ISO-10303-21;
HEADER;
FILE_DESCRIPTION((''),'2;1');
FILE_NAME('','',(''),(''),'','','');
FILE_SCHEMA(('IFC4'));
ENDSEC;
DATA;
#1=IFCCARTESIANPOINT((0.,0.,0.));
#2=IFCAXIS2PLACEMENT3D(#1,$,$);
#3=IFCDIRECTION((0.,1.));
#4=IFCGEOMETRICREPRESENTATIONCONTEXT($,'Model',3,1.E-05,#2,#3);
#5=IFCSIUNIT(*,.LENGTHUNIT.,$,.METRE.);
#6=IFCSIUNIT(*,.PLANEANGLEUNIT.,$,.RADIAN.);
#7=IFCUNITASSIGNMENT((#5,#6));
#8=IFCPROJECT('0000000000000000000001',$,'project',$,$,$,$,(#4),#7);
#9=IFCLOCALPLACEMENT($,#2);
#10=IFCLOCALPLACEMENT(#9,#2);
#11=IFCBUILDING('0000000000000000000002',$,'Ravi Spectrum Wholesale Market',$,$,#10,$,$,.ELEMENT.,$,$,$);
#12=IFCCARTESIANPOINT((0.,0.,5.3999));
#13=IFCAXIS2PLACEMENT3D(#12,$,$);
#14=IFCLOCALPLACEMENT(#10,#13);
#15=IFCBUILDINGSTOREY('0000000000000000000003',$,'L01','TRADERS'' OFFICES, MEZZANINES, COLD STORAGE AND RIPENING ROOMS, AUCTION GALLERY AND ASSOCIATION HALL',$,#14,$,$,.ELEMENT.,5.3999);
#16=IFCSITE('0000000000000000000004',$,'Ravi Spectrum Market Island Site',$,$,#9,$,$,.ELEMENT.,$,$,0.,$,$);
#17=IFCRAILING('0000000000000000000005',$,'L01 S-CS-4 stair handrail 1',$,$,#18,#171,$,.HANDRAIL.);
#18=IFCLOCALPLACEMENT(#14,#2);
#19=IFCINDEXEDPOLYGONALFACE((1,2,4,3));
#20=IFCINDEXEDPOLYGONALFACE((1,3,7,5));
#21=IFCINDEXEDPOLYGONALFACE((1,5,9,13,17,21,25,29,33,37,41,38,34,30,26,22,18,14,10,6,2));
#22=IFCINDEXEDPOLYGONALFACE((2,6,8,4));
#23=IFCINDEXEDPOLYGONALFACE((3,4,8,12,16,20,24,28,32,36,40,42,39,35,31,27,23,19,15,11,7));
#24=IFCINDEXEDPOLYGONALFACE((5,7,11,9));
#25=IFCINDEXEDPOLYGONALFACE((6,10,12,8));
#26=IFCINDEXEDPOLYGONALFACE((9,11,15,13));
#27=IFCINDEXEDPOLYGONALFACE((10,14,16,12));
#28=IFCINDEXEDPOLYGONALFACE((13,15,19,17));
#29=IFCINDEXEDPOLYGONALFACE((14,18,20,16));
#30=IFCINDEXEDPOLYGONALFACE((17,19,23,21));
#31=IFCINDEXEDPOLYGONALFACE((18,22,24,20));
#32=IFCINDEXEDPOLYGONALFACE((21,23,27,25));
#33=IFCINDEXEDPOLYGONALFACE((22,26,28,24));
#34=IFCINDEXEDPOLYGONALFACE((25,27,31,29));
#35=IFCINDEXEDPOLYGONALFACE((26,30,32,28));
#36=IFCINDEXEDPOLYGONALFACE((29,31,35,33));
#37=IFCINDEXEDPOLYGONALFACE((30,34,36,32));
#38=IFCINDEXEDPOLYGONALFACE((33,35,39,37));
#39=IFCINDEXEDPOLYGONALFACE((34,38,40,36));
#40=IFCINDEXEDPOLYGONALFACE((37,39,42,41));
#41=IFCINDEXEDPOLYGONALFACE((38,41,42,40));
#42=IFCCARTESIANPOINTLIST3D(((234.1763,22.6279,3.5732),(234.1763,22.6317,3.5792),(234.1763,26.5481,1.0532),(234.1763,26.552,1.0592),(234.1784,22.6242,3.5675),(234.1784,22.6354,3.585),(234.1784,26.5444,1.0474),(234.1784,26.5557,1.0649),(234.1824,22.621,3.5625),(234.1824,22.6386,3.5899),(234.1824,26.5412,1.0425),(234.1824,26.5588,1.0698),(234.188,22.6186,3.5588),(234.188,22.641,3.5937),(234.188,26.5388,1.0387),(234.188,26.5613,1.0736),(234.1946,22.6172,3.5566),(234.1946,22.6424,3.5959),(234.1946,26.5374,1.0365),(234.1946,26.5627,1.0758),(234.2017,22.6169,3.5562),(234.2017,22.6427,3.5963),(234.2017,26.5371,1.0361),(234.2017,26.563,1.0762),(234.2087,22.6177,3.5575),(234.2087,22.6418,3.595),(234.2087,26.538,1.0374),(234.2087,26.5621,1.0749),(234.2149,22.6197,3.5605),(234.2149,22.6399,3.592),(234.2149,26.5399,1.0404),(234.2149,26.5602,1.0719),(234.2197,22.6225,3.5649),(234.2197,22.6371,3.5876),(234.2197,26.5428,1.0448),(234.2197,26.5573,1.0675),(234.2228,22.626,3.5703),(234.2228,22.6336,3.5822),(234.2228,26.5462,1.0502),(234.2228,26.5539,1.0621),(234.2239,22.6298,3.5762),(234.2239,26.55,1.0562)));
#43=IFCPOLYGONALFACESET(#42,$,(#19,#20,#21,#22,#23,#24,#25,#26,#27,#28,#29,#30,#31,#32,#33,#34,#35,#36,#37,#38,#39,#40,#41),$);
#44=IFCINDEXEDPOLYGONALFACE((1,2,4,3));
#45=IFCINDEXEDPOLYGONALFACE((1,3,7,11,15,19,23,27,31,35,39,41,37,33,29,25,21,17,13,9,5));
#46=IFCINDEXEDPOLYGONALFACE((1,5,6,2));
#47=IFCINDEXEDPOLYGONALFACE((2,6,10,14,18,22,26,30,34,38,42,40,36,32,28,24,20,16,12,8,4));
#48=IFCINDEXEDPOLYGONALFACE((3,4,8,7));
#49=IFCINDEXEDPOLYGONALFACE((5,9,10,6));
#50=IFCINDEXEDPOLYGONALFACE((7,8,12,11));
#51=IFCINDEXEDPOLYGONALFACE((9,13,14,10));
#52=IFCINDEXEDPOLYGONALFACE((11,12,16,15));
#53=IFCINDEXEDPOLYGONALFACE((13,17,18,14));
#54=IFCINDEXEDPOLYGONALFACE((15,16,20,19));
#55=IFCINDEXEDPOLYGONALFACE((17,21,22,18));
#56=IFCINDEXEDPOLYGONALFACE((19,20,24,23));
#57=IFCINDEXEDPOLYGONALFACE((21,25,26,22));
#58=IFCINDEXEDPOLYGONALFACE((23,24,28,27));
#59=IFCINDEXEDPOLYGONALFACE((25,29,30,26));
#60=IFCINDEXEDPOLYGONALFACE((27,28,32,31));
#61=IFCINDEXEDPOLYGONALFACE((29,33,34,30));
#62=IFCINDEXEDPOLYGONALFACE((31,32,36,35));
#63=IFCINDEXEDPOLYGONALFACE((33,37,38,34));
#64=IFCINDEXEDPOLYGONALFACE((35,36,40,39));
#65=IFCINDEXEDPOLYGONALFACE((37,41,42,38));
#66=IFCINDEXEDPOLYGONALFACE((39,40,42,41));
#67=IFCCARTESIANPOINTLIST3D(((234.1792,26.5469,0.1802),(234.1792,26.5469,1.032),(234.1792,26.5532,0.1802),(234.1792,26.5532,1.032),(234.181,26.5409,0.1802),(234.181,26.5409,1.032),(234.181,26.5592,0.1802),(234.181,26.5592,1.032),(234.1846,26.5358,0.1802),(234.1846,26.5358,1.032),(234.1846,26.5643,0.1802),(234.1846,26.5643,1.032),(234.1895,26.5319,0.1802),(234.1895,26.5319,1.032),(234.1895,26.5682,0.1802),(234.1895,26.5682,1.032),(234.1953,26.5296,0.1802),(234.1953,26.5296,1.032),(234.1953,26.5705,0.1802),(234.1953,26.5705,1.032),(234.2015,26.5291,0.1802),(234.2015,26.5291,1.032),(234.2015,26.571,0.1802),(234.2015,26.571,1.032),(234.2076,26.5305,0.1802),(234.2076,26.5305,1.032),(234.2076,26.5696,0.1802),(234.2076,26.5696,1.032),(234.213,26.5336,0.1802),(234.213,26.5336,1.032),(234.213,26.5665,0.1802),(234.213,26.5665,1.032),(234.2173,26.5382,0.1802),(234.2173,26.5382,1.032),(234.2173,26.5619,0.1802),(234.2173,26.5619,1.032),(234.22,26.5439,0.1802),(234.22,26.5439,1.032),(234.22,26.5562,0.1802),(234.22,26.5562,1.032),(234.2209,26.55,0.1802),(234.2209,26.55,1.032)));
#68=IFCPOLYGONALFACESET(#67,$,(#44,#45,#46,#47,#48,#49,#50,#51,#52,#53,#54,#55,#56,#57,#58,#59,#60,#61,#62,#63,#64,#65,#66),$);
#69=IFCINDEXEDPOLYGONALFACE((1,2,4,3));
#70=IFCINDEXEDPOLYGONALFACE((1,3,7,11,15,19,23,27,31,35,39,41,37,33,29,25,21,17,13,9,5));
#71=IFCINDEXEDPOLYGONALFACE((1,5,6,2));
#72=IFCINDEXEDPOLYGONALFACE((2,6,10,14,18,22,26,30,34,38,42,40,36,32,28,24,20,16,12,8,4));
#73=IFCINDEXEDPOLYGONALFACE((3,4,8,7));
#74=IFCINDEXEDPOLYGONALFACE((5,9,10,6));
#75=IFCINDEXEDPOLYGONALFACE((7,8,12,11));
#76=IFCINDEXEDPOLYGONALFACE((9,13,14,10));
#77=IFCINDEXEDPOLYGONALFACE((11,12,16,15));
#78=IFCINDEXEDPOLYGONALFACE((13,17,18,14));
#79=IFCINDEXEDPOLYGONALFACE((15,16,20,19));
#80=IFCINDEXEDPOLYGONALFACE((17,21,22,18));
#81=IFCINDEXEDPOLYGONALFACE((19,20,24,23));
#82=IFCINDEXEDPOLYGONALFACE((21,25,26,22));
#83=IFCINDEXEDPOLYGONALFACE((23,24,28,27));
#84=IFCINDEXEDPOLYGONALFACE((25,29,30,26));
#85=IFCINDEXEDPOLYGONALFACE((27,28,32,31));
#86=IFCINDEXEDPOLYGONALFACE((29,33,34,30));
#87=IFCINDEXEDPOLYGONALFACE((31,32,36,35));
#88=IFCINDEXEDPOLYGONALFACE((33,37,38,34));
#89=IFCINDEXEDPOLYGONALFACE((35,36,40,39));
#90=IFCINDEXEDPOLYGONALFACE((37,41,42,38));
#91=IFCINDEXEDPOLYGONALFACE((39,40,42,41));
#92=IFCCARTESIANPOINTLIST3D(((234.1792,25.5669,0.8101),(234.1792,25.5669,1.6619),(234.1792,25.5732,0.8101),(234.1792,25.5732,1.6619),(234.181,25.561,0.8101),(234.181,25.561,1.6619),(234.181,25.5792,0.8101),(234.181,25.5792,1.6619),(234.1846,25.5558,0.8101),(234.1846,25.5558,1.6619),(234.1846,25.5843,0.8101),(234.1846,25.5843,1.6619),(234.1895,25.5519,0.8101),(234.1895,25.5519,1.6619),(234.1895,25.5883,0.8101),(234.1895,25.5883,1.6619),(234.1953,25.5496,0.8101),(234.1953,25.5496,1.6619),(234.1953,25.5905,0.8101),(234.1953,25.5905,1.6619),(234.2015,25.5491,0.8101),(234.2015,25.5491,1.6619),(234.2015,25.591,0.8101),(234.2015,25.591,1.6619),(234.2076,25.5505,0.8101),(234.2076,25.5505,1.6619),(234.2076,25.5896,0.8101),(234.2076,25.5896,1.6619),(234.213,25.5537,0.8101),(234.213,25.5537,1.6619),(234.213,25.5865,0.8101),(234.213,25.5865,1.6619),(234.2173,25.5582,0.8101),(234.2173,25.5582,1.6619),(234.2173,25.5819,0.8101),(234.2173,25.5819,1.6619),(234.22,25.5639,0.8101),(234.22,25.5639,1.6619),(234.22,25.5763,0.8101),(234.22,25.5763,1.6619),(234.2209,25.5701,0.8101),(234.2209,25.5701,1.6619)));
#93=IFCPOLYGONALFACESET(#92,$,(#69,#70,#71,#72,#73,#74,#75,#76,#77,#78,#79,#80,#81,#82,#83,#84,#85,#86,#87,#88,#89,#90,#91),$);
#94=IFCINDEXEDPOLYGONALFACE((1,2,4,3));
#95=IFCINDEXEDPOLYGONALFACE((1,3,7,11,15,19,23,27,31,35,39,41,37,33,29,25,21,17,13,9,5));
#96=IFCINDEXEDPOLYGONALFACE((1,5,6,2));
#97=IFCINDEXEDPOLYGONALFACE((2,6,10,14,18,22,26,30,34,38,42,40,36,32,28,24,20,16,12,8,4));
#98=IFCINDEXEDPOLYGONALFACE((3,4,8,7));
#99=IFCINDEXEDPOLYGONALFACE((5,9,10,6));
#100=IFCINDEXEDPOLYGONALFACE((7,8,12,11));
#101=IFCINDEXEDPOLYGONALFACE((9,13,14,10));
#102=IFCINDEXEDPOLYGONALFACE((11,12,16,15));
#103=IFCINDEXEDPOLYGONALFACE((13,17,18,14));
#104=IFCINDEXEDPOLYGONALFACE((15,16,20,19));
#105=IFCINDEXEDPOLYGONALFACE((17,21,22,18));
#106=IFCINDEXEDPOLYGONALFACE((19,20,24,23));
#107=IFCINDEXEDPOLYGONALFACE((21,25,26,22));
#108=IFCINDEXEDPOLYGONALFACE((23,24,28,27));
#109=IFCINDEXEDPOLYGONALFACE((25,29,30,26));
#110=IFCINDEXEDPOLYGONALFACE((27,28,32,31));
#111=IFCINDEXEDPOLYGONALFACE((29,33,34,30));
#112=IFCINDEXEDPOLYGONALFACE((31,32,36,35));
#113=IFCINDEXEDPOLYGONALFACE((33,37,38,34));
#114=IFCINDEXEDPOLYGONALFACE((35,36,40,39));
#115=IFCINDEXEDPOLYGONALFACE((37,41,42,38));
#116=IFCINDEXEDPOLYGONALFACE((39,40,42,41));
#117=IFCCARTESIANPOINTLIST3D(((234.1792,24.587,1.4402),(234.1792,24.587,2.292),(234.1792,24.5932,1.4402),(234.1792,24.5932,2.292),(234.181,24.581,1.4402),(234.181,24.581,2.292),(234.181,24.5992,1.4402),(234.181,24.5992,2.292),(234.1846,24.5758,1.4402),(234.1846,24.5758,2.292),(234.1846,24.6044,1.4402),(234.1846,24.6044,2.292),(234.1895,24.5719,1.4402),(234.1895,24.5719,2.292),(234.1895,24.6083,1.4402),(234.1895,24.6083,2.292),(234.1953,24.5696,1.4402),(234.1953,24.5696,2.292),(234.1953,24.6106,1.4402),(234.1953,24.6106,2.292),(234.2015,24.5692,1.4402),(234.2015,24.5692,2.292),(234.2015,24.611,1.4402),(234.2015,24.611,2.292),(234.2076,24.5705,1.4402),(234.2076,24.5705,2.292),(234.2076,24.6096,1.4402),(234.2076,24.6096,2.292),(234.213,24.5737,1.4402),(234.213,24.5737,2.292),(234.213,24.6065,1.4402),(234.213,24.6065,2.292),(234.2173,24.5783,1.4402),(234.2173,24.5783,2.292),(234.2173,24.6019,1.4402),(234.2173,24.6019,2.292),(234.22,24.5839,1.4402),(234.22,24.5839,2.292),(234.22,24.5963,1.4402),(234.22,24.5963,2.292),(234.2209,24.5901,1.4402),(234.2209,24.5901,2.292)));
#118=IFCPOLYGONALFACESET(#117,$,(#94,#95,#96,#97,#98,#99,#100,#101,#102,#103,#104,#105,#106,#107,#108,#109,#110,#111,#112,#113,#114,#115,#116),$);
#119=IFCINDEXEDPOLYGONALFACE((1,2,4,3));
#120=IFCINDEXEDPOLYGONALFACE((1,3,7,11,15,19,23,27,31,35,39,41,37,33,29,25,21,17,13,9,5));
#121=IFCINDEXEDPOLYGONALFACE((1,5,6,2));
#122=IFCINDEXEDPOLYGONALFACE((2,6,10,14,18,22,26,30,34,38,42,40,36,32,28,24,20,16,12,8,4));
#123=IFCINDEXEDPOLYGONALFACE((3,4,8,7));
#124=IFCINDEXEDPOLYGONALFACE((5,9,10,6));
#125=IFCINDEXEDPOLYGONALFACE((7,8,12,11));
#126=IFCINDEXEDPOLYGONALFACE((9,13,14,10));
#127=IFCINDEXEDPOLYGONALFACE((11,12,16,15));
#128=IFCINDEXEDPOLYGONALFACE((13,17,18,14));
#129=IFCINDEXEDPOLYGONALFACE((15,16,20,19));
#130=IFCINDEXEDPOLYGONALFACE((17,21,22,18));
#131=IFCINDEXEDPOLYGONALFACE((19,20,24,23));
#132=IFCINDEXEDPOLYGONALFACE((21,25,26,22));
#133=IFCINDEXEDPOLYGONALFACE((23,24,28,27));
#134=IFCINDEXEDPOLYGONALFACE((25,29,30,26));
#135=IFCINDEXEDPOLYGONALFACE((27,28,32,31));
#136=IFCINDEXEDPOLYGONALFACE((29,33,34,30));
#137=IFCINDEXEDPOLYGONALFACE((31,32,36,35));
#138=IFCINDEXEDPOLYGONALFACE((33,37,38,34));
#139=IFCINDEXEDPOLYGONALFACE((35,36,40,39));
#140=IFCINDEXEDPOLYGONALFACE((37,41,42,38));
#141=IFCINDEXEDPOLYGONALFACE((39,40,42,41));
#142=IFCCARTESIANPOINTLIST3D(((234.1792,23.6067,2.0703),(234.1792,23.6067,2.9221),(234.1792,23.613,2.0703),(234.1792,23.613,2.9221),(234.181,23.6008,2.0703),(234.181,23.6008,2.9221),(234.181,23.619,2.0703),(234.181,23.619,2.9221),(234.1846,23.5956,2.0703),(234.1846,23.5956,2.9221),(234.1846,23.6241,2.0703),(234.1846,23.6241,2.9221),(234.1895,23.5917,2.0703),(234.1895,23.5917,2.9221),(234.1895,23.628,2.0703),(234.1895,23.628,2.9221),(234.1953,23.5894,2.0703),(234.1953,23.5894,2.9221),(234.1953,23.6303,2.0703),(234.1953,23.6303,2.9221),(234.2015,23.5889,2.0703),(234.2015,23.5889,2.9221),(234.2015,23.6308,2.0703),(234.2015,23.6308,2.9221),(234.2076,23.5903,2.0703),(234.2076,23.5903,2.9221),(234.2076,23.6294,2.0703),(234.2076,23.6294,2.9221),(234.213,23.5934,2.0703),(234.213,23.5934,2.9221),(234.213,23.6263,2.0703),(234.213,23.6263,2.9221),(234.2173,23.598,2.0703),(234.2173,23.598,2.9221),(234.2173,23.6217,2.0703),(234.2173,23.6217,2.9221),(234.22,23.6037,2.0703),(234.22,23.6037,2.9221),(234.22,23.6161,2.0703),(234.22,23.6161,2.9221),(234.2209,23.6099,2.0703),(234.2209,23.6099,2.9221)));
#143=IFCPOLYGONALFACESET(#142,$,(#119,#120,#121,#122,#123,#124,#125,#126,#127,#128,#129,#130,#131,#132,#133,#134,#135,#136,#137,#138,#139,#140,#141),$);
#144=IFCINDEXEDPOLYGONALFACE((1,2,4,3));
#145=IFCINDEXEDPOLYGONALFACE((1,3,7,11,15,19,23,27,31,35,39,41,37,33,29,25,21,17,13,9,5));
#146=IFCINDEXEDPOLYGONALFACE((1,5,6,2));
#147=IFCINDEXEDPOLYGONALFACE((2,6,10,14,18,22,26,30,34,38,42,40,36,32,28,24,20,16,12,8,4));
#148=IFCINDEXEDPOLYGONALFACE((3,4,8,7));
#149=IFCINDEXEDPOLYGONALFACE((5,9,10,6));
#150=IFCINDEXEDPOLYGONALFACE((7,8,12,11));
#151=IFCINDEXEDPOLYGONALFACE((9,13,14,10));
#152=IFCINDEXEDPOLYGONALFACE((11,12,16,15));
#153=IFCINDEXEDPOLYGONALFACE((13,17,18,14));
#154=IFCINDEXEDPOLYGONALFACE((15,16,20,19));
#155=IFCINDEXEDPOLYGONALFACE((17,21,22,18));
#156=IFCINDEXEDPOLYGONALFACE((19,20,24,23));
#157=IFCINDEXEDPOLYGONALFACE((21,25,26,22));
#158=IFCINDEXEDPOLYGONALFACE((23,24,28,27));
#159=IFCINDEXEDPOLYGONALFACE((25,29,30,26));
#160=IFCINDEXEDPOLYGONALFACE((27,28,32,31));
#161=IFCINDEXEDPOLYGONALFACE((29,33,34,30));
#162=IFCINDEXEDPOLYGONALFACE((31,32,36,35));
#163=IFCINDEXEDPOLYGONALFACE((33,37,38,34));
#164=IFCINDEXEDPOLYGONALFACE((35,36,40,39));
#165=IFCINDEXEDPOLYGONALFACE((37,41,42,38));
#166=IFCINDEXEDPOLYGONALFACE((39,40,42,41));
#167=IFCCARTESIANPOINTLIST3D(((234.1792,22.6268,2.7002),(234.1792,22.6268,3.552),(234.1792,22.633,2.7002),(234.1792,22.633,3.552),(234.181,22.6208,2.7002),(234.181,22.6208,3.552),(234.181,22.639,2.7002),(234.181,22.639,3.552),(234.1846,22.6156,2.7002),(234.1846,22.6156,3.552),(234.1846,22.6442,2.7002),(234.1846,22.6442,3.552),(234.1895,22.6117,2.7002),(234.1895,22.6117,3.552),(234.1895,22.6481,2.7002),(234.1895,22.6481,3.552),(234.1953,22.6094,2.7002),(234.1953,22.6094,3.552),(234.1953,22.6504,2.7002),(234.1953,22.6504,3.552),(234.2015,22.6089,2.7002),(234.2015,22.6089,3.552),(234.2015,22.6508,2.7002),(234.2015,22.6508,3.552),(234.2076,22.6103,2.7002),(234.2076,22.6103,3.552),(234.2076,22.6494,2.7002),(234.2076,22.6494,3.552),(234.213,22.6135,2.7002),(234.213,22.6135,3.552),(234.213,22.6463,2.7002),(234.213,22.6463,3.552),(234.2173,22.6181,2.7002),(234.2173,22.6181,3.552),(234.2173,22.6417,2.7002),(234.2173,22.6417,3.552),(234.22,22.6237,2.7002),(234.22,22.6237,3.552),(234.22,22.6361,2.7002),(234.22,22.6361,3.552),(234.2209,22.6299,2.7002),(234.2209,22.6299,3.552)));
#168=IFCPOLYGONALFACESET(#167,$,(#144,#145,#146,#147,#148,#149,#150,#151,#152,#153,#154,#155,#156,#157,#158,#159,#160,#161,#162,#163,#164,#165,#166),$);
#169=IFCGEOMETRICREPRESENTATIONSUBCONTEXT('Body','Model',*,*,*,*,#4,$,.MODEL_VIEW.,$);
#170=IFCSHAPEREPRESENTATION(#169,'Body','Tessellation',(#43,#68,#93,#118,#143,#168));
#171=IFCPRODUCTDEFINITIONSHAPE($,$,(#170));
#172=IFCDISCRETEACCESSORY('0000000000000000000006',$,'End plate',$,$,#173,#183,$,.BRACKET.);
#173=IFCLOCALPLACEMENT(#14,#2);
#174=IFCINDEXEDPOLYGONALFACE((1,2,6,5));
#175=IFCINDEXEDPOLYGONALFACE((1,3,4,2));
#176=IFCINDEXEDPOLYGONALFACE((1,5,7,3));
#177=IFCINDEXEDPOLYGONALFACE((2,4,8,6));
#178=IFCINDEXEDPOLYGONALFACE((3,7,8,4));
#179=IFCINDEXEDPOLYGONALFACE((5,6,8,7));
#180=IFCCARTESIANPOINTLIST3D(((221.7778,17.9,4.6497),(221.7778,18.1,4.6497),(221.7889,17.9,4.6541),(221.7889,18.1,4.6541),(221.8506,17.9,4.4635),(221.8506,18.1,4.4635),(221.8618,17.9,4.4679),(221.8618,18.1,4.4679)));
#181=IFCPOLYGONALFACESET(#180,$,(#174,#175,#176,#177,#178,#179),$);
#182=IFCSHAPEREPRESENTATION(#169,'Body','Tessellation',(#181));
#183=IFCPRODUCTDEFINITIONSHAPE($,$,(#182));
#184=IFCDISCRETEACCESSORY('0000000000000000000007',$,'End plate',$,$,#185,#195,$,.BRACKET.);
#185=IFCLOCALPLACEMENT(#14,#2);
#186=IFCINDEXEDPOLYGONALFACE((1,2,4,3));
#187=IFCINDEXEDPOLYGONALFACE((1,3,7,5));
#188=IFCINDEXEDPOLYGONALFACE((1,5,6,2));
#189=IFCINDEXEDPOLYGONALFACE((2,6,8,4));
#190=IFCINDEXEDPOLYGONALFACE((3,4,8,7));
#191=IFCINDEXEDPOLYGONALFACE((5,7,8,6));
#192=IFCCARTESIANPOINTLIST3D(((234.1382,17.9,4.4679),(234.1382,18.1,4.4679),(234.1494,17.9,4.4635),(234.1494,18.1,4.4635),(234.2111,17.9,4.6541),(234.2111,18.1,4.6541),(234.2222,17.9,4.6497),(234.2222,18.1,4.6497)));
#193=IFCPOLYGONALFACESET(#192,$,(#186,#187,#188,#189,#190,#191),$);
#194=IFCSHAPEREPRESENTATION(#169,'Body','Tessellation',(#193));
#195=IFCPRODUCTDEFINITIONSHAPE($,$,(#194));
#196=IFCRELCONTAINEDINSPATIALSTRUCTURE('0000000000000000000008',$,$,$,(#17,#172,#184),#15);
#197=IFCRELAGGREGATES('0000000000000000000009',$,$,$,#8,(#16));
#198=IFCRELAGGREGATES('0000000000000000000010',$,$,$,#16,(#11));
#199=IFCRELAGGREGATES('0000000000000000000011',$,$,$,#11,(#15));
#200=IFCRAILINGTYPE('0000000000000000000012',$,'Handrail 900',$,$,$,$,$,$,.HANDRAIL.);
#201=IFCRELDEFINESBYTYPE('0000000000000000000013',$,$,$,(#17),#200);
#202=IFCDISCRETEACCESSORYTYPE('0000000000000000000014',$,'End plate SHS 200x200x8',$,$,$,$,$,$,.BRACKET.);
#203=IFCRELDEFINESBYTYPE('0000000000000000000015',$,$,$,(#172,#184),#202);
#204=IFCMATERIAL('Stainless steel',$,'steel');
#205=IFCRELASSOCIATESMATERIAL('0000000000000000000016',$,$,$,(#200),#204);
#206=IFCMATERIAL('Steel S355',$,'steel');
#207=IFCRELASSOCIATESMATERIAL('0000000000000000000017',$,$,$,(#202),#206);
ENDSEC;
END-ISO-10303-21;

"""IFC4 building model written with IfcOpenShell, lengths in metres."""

from ifc_helpers import new_model, si_unit, direction, frame, origin, origin_2d, place, context, subcontext, project, spatial, rectangle, circle, extrude, material, material_profile, profile_set, type_object, element, save


model = new_model("IFC4")

# Units and contexts
model_context = context("Model", 3, precision=1e-05, world=origin(), true_north=direction((0.0, 1.0)))
body_context = subcontext(model_context, "Body", "Model", "MODEL_VIEW")
ifc_project = project(units=[si_unit("LENGTHUNIT", "METRE"), si_unit("PLANEANGLEUNIT", "RADIAN")], contexts=[model_context])

# Site, building, storey
site_placement = place(None, origin())
site = spatial("IfcSite", under=ifc_project, at=site_placement, Name="Ravi Spectrum Market Island Site", CompositionType="ELEMENT", RefElevation=0.0)
building_placement = place(site_placement, origin())
building = spatial("IfcBuilding", under=site, at=building_placement, Name="Ravi Spectrum Wholesale Market", CompositionType="ELEMENT")
storey_placement = place(building_placement, frame((0.0, 0.0, 5.3999)))
storey = spatial("IfcBuildingStorey", under=building, at=storey_placement, Name="L01", Description="TRADERS' OFFICES, MEZZANINES, COLD STORAGE AND RIPENING ROOMS, AUCTION GALLERY AND ASSOCIATION HALL", CompositionType="ELEMENT", Elevation=5.3999)

# Railing
ifc_material_1 = material(Name="Stainless steel", Category="steel")
railing_type = type_object("IfcRailingType", Name="Handrail 900", PredefinedType="HANDRAIL", material=ifc_material_1)
railing_placement = place(storey_placement, frame((234.2, 26.55, 0.1802)))
element("IfcRailing", 1, at=railing_placement, inside=storey, type_object=railing_type, Name="L01 S-CS-4 stair handrail 1", PredefinedType="HANDRAIL", context=body_context, shape_type="SweptSolid", body=[
    extrude(circle(Radius=0.0239, at=origin_2d()), frame((0.0, 0.0, 0.876), z_axis=(0.0, -0.841187, 0.540744), x_axis=(1.0, 0.0, 0.0)), (0.0, 0.0, 1.0), 4.6604),
    extrude(circle(Radius=0.021, at=origin_2d()), origin(), (0.0, 0.0, 1.0), 0.8518),
    extrude(circle(Radius=0.021, at=origin_2d()), frame((0.0, -0.98, 0.6299)), (0.0, 0.0, 1.0), 0.8518),
    extrude(circle(Radius=0.021, at=origin_2d()), frame((0.0, -1.96, 1.26)), (0.0, 0.0, 1.0), 0.8518),
    extrude(circle(Radius=0.021, at=origin_2d()), frame((0.0, -2.9402, 1.8901)), (0.0, 0.0, 1.0), 0.8518),
    extrude(circle(Radius=0.021, at=origin_2d()), frame((0.0, -3.9202, 2.52)), (0.0, 0.0, 1.0), 0.8518),
])

# Discrete accessories
ifc_material_2 = material(Name="Steel S355", Category="steel")
ifc_material_profile_1 = material_profile(ifc_material_2, rectangle(XDim=0.2, YDim=0.2, at=origin_2d()))
ifc_profile_set_1 = profile_set([ifc_material_profile_1], Name="Steel S355")
discrete_accessory_type = type_object("IfcDiscreteAccessoryType", Name="End plate SHS 200x200x8", PredefinedType="BRACKET", material=ifc_profile_set_1)
for number, where, z_axis, x_axis, name in (
    (2, (221.8142, 18.0, 4.5566), (0.931243, 0.0, 0.364399), (0.0, 1.0, 0.0), "End plate"),
    (3, (234.1858, 18.0, 4.5566), (-0.931243, 0.0, 0.364399), (0.0, -1.0, 0.0), "End plate"),
):
    element("IfcDiscreteAccessory", number, at=place(storey_placement, frame(where, z_axis=z_axis, x_axis=x_axis)), inside=storey, type_object=discrete_accessory_type, Name=name, PredefinedType="BRACKET", context=body_context, shape_type="SweptSolid", body=[
        extrude(rectangle(XDim=0.2, YDim=0.2, at=origin_2d()), origin(), (0.0, 0.0, 1.0), 0.012),
    ])

save(model, "model.ifc")
